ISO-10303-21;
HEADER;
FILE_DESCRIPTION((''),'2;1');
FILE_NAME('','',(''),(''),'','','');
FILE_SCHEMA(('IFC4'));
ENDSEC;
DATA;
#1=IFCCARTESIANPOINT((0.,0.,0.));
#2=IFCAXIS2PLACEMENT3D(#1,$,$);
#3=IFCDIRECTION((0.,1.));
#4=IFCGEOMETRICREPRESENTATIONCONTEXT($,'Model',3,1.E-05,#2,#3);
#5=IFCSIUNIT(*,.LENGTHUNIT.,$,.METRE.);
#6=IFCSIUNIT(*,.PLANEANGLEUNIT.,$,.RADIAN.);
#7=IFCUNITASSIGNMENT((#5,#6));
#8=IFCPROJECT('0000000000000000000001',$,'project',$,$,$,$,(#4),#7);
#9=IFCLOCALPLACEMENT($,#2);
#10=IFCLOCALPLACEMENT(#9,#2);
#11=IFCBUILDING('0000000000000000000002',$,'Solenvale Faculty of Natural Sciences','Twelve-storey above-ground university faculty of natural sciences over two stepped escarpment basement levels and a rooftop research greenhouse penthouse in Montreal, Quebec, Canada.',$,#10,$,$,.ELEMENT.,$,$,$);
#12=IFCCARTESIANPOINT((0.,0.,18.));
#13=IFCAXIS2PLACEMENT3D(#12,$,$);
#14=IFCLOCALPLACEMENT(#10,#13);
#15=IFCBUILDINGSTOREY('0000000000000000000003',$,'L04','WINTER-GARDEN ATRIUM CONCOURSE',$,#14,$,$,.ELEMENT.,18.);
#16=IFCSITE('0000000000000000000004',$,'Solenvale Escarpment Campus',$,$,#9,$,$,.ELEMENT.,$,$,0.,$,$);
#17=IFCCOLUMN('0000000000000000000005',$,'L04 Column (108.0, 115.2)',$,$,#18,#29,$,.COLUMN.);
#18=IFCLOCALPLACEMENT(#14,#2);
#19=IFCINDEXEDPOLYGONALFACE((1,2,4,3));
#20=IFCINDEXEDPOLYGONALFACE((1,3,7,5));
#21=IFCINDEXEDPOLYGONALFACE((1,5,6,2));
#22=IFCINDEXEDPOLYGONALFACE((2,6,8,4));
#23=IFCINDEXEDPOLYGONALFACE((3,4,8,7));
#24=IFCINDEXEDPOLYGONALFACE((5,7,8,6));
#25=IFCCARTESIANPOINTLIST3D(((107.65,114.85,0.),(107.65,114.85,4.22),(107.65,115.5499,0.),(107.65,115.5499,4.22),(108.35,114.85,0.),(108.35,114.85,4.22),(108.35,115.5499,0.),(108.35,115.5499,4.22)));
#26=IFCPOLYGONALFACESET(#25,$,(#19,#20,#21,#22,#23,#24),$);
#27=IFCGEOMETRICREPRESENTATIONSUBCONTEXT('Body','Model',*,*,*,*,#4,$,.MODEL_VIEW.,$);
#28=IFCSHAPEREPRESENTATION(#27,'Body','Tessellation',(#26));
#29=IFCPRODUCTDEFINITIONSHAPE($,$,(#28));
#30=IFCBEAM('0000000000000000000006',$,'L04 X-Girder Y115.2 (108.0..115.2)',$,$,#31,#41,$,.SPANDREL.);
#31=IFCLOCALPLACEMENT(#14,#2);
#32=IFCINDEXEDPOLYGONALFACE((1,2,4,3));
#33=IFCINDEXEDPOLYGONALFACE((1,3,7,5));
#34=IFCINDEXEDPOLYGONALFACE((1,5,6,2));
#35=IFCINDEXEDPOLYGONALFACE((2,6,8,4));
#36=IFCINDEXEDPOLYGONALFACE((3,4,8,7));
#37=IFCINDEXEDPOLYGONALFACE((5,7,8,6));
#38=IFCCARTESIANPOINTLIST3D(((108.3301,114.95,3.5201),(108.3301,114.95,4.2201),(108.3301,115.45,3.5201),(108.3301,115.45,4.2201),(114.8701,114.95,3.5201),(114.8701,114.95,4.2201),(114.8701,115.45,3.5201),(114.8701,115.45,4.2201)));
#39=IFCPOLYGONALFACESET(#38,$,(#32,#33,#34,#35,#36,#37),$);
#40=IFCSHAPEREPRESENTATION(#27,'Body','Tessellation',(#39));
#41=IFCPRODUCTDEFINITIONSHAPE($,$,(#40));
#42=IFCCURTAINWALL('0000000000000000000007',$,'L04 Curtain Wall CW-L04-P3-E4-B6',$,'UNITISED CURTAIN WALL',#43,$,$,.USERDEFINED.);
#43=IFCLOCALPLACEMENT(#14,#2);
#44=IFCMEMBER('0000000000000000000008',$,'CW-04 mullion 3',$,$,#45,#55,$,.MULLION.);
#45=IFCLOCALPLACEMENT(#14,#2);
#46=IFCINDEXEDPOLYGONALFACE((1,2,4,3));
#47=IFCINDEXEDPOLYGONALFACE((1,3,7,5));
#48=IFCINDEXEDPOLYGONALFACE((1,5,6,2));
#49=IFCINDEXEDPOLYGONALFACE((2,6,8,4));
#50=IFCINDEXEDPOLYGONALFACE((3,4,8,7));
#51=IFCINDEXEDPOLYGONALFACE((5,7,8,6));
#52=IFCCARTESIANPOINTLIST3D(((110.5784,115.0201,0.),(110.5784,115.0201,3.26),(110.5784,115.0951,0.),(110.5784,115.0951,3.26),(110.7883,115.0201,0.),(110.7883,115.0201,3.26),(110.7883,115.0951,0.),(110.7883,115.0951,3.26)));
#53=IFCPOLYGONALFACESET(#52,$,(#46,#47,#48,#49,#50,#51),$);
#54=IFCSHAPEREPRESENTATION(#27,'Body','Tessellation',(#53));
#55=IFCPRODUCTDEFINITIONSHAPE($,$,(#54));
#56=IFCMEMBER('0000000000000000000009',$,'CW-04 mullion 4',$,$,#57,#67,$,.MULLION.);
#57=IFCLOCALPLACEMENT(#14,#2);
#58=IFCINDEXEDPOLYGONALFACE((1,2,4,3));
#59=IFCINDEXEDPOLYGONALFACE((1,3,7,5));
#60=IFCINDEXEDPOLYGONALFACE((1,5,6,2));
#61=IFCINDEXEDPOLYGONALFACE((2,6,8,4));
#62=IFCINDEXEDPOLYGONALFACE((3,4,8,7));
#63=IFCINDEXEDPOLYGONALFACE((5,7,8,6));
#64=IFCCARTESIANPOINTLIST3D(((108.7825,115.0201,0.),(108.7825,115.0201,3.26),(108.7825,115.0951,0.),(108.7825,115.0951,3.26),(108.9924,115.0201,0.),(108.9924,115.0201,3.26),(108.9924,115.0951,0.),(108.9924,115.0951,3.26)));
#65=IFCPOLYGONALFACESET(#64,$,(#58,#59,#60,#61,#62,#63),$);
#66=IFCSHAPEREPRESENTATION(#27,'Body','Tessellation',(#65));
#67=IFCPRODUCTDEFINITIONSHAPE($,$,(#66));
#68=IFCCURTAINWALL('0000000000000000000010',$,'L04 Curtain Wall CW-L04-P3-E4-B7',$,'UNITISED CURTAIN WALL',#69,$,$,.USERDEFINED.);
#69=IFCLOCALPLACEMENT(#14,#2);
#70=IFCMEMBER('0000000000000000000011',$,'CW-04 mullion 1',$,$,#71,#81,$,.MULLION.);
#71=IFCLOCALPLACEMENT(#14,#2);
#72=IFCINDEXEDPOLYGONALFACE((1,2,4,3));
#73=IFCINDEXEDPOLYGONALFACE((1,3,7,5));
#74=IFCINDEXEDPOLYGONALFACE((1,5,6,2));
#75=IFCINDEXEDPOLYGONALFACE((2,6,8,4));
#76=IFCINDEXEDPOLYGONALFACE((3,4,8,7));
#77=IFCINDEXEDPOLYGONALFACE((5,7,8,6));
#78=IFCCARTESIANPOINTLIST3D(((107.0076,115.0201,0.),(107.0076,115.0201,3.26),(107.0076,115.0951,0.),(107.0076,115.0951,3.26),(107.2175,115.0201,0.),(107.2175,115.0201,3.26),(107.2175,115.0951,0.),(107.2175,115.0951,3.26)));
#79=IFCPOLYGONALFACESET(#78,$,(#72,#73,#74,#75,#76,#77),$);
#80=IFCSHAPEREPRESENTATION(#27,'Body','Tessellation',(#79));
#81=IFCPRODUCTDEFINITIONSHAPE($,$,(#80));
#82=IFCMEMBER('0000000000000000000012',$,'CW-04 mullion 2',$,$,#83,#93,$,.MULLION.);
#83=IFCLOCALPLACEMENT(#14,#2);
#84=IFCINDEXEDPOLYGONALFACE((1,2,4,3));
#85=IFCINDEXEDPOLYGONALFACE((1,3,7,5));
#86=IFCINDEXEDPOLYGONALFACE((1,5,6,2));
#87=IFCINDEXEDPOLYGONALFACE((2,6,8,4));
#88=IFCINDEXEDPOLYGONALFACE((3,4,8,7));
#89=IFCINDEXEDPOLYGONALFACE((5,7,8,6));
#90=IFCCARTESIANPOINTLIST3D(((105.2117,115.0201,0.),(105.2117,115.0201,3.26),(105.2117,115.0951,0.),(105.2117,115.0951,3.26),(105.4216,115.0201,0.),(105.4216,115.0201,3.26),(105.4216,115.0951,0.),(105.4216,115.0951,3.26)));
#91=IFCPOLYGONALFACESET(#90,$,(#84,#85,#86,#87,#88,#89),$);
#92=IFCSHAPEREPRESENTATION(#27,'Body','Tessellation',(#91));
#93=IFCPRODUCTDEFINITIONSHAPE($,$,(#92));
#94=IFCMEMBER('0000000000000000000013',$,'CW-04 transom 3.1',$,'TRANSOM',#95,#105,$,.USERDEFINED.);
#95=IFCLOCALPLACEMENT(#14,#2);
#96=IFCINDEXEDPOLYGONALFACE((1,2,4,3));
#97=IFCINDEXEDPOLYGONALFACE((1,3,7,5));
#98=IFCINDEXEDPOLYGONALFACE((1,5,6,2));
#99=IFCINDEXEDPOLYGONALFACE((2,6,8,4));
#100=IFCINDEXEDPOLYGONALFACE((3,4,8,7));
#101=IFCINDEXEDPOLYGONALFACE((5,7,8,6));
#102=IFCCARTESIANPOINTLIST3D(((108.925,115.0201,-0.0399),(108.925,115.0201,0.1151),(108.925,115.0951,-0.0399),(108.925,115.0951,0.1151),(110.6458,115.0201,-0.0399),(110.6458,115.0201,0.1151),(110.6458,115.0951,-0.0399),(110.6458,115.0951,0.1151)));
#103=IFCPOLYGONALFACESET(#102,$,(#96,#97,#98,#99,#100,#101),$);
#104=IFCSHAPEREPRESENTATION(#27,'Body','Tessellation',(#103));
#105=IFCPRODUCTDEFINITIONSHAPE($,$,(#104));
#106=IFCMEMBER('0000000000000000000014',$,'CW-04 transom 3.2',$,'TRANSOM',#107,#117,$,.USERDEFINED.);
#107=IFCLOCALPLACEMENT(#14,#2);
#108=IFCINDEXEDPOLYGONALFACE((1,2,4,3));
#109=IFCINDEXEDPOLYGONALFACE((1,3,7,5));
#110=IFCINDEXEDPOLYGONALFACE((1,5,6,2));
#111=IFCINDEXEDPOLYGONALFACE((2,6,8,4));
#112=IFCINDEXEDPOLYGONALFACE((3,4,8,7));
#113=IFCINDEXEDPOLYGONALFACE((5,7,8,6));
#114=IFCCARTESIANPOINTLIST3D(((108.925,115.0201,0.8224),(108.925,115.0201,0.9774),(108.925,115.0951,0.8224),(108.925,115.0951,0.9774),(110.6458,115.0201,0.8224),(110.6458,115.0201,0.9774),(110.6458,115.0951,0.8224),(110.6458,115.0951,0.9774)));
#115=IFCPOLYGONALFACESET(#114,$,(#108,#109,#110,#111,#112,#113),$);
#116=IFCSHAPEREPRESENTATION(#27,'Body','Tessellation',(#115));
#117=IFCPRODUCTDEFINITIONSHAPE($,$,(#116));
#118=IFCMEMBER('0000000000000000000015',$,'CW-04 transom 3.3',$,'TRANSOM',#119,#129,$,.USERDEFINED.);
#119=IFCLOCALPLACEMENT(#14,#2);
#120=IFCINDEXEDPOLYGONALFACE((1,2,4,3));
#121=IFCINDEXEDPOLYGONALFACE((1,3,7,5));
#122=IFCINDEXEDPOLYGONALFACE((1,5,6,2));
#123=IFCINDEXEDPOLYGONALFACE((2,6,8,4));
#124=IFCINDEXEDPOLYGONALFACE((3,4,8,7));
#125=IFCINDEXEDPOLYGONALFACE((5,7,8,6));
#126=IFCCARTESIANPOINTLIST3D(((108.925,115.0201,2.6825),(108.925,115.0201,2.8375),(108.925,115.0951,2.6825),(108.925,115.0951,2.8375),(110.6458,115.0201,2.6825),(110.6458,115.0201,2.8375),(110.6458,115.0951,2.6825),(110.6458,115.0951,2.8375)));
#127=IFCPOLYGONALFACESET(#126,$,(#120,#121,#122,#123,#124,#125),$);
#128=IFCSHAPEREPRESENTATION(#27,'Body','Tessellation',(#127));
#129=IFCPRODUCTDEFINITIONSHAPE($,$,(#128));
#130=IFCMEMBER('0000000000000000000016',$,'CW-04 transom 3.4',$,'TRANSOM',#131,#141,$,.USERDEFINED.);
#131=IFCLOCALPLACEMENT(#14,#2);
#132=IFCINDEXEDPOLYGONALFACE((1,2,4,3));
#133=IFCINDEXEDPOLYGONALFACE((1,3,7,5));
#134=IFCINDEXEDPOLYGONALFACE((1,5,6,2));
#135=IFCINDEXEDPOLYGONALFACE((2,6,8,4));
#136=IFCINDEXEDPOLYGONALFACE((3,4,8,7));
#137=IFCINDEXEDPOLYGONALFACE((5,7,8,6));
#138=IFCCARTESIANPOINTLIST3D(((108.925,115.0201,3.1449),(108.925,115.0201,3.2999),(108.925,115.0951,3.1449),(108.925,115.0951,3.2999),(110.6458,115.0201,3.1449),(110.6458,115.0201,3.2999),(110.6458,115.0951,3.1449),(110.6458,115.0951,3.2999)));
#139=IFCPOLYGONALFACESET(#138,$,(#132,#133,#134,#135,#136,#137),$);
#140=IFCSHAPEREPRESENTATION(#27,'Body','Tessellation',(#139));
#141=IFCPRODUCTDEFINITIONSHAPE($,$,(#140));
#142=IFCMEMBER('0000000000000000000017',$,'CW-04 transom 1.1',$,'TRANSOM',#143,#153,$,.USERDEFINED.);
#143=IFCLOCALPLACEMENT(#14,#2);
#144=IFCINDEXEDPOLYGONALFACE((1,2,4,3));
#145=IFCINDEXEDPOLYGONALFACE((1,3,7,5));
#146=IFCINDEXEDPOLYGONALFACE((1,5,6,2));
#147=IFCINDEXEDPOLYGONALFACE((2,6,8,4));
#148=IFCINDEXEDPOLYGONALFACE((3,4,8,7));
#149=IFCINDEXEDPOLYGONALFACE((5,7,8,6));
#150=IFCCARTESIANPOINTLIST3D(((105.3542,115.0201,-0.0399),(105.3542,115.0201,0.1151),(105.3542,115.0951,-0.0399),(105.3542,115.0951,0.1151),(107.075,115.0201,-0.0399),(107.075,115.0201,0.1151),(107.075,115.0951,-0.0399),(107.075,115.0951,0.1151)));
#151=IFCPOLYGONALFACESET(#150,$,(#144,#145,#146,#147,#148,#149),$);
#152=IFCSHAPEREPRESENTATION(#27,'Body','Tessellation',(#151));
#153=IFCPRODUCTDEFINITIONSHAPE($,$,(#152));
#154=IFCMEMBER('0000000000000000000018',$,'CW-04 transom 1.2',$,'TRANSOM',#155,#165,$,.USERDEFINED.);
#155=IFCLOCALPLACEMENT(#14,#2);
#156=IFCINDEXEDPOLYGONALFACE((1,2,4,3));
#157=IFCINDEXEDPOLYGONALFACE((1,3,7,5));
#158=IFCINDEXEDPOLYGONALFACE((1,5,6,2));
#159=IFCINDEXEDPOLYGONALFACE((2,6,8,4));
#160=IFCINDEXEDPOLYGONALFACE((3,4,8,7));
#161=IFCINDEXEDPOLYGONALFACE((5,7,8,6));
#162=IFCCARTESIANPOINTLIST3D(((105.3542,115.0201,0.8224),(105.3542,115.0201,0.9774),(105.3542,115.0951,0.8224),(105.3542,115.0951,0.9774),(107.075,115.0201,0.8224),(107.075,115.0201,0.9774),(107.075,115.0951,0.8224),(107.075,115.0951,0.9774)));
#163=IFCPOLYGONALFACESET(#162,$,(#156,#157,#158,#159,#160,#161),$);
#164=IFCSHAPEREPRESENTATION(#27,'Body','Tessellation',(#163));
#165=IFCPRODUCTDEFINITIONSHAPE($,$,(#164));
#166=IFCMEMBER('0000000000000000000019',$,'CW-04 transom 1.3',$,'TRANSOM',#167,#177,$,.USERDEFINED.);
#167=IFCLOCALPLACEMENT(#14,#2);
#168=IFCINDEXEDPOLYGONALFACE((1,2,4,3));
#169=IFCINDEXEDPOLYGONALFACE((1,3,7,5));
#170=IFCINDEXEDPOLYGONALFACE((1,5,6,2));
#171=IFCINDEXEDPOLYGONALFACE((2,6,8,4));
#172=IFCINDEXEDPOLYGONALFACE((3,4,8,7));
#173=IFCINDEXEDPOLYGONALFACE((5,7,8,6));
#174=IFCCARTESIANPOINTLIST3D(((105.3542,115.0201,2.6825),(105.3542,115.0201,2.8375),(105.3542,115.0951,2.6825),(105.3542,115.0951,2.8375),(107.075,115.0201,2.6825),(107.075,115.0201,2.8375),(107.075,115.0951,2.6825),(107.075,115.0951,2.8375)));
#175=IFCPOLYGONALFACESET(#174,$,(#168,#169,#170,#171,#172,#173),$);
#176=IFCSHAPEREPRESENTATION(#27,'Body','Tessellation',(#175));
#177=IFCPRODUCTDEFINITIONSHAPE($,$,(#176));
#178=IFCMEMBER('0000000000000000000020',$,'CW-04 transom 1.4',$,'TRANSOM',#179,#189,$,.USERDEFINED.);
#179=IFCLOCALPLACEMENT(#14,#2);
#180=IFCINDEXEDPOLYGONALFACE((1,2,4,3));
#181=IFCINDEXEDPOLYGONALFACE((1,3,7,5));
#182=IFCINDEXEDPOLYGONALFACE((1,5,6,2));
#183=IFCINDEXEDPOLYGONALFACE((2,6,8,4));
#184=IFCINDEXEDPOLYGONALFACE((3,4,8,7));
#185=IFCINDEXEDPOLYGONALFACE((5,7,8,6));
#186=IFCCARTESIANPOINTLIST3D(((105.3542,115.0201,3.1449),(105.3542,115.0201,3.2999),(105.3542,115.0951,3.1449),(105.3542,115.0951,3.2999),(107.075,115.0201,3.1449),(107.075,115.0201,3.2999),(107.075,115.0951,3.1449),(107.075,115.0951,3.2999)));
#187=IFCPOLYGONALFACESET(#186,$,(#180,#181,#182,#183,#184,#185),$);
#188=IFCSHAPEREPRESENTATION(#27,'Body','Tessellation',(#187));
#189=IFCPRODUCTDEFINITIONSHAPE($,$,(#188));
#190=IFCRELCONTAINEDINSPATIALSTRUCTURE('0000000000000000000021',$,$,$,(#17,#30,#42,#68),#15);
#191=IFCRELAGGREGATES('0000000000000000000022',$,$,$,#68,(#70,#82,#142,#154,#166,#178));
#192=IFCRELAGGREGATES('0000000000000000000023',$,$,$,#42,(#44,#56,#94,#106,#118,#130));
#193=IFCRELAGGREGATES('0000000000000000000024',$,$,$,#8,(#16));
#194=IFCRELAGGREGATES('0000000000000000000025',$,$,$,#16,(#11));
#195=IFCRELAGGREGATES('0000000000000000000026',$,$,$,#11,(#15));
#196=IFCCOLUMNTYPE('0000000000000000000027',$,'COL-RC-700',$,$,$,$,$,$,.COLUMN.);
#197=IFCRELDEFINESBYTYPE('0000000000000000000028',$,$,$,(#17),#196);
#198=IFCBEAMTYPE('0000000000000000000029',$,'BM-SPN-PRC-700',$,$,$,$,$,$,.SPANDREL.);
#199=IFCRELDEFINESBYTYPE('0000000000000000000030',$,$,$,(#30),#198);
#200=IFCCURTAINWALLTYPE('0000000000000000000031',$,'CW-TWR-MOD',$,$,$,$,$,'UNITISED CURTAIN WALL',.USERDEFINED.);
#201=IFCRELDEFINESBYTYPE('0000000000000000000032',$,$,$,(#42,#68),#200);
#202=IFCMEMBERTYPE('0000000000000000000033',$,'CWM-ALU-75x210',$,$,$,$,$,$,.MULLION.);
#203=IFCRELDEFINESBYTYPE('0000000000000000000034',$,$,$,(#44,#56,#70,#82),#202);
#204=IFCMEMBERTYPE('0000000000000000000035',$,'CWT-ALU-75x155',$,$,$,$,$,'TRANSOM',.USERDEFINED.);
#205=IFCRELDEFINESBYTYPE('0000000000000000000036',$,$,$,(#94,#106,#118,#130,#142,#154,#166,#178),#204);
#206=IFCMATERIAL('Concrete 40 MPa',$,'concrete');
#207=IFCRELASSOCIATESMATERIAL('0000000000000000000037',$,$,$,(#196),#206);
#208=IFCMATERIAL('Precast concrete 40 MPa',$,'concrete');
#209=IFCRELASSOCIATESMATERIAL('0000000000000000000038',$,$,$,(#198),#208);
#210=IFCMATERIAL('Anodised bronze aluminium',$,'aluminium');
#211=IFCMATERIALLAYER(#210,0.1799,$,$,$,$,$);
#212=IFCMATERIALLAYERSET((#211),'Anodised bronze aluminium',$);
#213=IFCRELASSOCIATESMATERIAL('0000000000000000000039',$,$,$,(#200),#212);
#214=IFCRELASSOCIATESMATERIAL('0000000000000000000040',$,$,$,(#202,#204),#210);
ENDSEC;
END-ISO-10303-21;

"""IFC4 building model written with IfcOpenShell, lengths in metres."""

from ifc_helpers import new_model, si_unit, direction, frame, origin, origin_2d, place, context, subcontext, project, spatial, rectangle, extrude, material, layer, layer_set, material_profile, profile_set, type_object, element, aggregate, save


model = new_model("IFC4")

# Units and contexts
model_context = context("Model", 3, precision=1e-05, world=origin(), true_north=direction((0.0, 1.0)))
body_context = subcontext(model_context, "Body", "Model", "MODEL_VIEW")
ifc_project = project(units=[si_unit("LENGTHUNIT", "METRE"), si_unit("PLANEANGLEUNIT", "RADIAN")], contexts=[model_context])

# Site, building, storey
site_placement = place(None, origin())
site = spatial("IfcSite", under=ifc_project, at=site_placement, Name="Solenvale Escarpment Campus", CompositionType="ELEMENT", RefElevation=0.0)
building_placement = place(site_placement, origin())
building = spatial("IfcBuilding", under=site, at=building_placement, Name="Solenvale Faculty of Natural Sciences", Description="Twelve-storey above-ground university faculty of natural sciences over two stepped escarpment basement levels and a rooftop research greenhouse penthouse in Montreal, Quebec, Canada.", CompositionType="ELEMENT")
storey_placement = place(building_placement, frame((0.0, 0.0, 18.0)))
storey = spatial("IfcBuildingStorey", under=building, at=storey_placement, Name="L04", Description="WINTER-GARDEN ATRIUM CONCOURSE", CompositionType="ELEMENT", Elevation=18.0)

# Column
ifc_material_1 = material(Name="Concrete 40 MPa", Category="concrete")
ifc_material_profile_1 = material_profile(ifc_material_1, rectangle(XDim=0.7, YDim=0.7, at=origin_2d()), Name="RC-COL-700x700")
ifc_profile_set_1 = profile_set([ifc_material_profile_1], Name="Concrete 40 MPa")
column_type = type_object("IfcColumnType", Name="COL-RC-700", PredefinedType="COLUMN", material=ifc_profile_set_1)
column_placement = place(storey_placement, frame((108.0, 115.2, 0.0), z_axis=(0.0, 0.0, 1.0), x_axis=(1.0, 0.0, 0.0)))
element("IfcColumn", 1, at=column_placement, inside=storey, type_object=column_type, Name="L04 Column (108.0, 115.2)", PredefinedType="COLUMN", context=body_context, shape_type="SweptSolid", body=[
    extrude(rectangle(XDim=0.7, YDim=0.7, at=origin_2d()), origin(), (0.0, 0.0, 1.0), 4.22),
])

# Beam
ifc_material_2 = material(Name="Precast concrete 40 MPa", Category="concrete")
ifc_material_profile_2 = material_profile(ifc_material_2, rectangle(XDim=0.5, YDim=0.7, at=origin_2d()), Name="RC-BM-500x700")
ifc_profile_set_2 = profile_set([ifc_material_profile_2], Name="Precast concrete 40 MPa")
beam_type = type_object("IfcBeamType", Name="BM-SPN-PRC-700", PredefinedType="SPANDREL", material=ifc_profile_set_2)
beam_placement = place(storey_placement, frame((108.3301, 115.2, 3.8701), z_axis=(1.0, 0.0, 0.0), x_axis=(0.0, 1.0, 0.0)))
element("IfcBeam", 2, at=beam_placement, inside=storey, type_object=beam_type, Name="L04 X-Girder Y115.2 (108.0..115.2)", PredefinedType="SPANDREL", context=body_context, shape_type="SweptSolid", body=[
    extrude(rectangle(XDim=0.5, YDim=0.7, at=origin_2d()), origin(), (0.0, 0.0, 1.0), 6.54),
])

# Curtain walls, members
ifc_material_3 = material(Name="Anodised bronze aluminium", Category="aluminium")
ifc_layer_1 = layer(ifc_material_3, 0.1799)
ifc_layer_set_1 = layer_set([ifc_layer_1], Name="Anodised bronze aluminium")
curtain_wall_type = type_object("IfcCurtainWallType", Name="CW-TWR-MOD", ElementType="UNITISED CURTAIN WALL", PredefinedType="USERDEFINED", material=ifc_layer_set_1)
curtain_wall_1_placement = place(storey_placement, origin())
curtain_wall_1 = element("IfcCurtainWall", 3, at=curtain_wall_1_placement, inside=storey, type_object=curtain_wall_type, Name="L04 Curtain Wall CW-L04-P3-E4-B6", ObjectType="UNITISED CURTAIN WALL", PredefinedType="USERDEFINED")
ifc_material_profile_3 = material_profile(ifc_material_3, rectangle(XDim=0.075, YDim=0.21, at=origin_2d()), Name="ALU-MUL-75x210")
ifc_profile_set_3 = profile_set([ifc_material_profile_3], Name="Anodised bronze aluminium")
member_type_1 = type_object("IfcMemberType", Name="CWM-ALU-75x210", PredefinedType="MULLION", material=ifc_profile_set_3)
member_1_placement = place(storey_placement, frame((110.6833, 115.0576, 0.0), z_axis=(0.0, 0.0, 1.0), x_axis=(0.0, -1.0, 0.0)))
member_1 = element("IfcMember", 4, at=member_1_placement, type_object=member_type_1, Name="CW-04 mullion 3", PredefinedType="MULLION", context=body_context, shape_type="SweptSolid", body=[
    extrude(rectangle(XDim=0.075, YDim=0.21, at=origin_2d()), origin(), (0.0, 0.0, 1.0), 3.26),
])
member_2_placement = place(storey_placement, frame((108.8875, 115.0576, 0.0), z_axis=(0.0, 0.0, 1.0), x_axis=(0.0, -1.0, 0.0)))
member_2 = element("IfcMember", 5, at=member_2_placement, type_object=member_type_1, Name="CW-04 mullion 4", PredefinedType="MULLION", context=body_context, shape_type="SweptSolid", body=[
    extrude(rectangle(XDim=0.075, YDim=0.21, at=origin_2d()), origin(), (0.0, 0.0, 1.0), 3.26),
])
curtain_wall_2_placement = place(storey_placement, origin())
curtain_wall_2 = element("IfcCurtainWall", 6, at=curtain_wall_2_placement, inside=storey, type_object=curtain_wall_type, Name="L04 Curtain Wall CW-L04-P3-E4-B7", ObjectType="UNITISED CURTAIN WALL", PredefinedType="USERDEFINED")
member_3_placement = place(storey_placement, frame((107.1125, 115.0576, 0.0), z_axis=(0.0, 0.0, 1.0), x_axis=(0.0, -1.0, 0.0)))
member_3 = element("IfcMember", 7, at=member_3_placement, type_object=member_type_1, Name="CW-04 mullion 1", PredefinedType="MULLION", context=body_context, shape_type="SweptSolid", body=[
    extrude(rectangle(XDim=0.075, YDim=0.21, at=origin_2d()), origin(), (0.0, 0.0, 1.0), 3.26),
])
member_4_placement = place(storey_placement, frame((105.3167, 115.0576, 0.0), z_axis=(0.0, 0.0, 1.0), x_axis=(0.0, -1.0, 0.0)))
member_4 = element("IfcMember", 8, at=member_4_placement, type_object=member_type_1, Name="CW-04 mullion 2", PredefinedType="MULLION", context=body_context, shape_type="SweptSolid", body=[
    extrude(rectangle(XDim=0.075, YDim=0.21, at=origin_2d()), origin(), (0.0, 0.0, 1.0), 3.26),
])

# Members
ifc_material_profile_4 = material_profile(ifc_material_3, rectangle(XDim=0.075, YDim=0.155, at=origin_2d()), Name="ALU-TRN-75x155")
ifc_profile_set_4 = profile_set([ifc_material_profile_4], Name="Anodised bronze aluminium")
member_type_2 = type_object("IfcMemberType", Name="CWT-ALU-75x155", ElementType="TRANSOM", PredefinedType="USERDEFINED", material=ifc_profile_set_4)
member_5_placement = place(storey_placement, frame((110.6458, 115.0576, 0.0376), z_axis=(-1.0, 0.0, 0.0), x_axis=(0.0, -1.0, 0.0)))
member_5 = element("IfcMember", 9, at=member_5_placement, type_object=member_type_2, Name="CW-04 transom 3.1", ObjectType="TRANSOM", PredefinedType="USERDEFINED", context=body_context, shape_type="SweptSolid", body=[
    extrude(rectangle(XDim=0.075, YDim=0.155, at=origin_2d()), origin(), (0.0, 0.0, 1.0), 1.7207),
])
member_6_placement = place(storey_placement, frame((110.6458, 115.0576, 0.8999), z_axis=(-1.0, 0.0, 0.0), x_axis=(0.0, -1.0, 0.0)))
member_6 = element("IfcMember", 10, at=member_6_placement, type_object=member_type_2, Name="CW-04 transom 3.2", ObjectType="TRANSOM", PredefinedType="USERDEFINED", context=body_context, shape_type="SweptSolid", body=[
    extrude(rectangle(XDim=0.075, YDim=0.155, at=origin_2d()), origin(), (0.0, 0.0, 1.0), 1.7207),
])
member_7_placement = place(storey_placement, frame((110.6458, 115.0576, 2.76), z_axis=(-1.0, 0.0, 0.0), x_axis=(0.0, -1.0, 0.0)))
member_7 = element("IfcMember", 11, at=member_7_placement, type_object=member_type_2, Name="CW-04 transom 3.3", ObjectType="TRANSOM", PredefinedType="USERDEFINED", context=body_context, shape_type="SweptSolid", body=[
    extrude(rectangle(XDim=0.075, YDim=0.155, at=origin_2d()), origin(), (0.0, 0.0, 1.0), 1.7207),
])
member_8_placement = place(storey_placement, frame((110.6458, 115.0576, 3.2224), z_axis=(-1.0, 0.0, 0.0), x_axis=(0.0, -1.0, 0.0)))
member_8 = element("IfcMember", 12, at=member_8_placement, type_object=member_type_2, Name="CW-04 transom 3.4", ObjectType="TRANSOM", PredefinedType="USERDEFINED", context=body_context, shape_type="SweptSolid", body=[
    extrude(rectangle(XDim=0.075, YDim=0.155, at=origin_2d()), origin(), (0.0, 0.0, 1.0), 1.7207),
])
member_9_placement = place(storey_placement, frame((107.075, 115.0576, 0.0376), z_axis=(-1.0, 0.0, 0.0), x_axis=(0.0, -1.0, 0.0)))
member_9 = element("IfcMember", 13, at=member_9_placement, type_object=member_type_2, Name="CW-04 transom 1.1", ObjectType="TRANSOM", PredefinedType="USERDEFINED", context=body_context, shape_type="SweptSolid", body=[
    extrude(rectangle(XDim=0.075, YDim=0.155, at=origin_2d()), origin(), (0.0, 0.0, 1.0), 1.7207),
])
member_10_placement = place(storey_placement, frame((107.075, 115.0576, 0.8999), z_axis=(-1.0, 0.0, 0.0), x_axis=(0.0, -1.0, 0.0)))
member_10 = element("IfcMember", 14, at=member_10_placement, type_object=member_type_2, Name="CW-04 transom 1.2", ObjectType="TRANSOM", PredefinedType="USERDEFINED", context=body_context, shape_type="SweptSolid", body=[
    extrude(rectangle(XDim=0.075, YDim=0.155, at=origin_2d()), origin(), (0.0, 0.0, 1.0), 1.7207),
])
member_11_placement = place(storey_placement, frame((107.075, 115.0576, 2.76), z_axis=(-1.0, 0.0, 0.0), x_axis=(0.0, -1.0, 0.0)))
member_11 = element("IfcMember", 15, at=member_11_placement, type_object=member_type_2, Name="CW-04 transom 1.3", ObjectType="TRANSOM", PredefinedType="USERDEFINED", context=body_context, shape_type="SweptSolid", body=[
    extrude(rectangle(XDim=0.075, YDim=0.155, at=origin_2d()), origin(), (0.0, 0.0, 1.0), 1.7207),
])
member_12_placement = place(storey_placement, frame((107.075, 115.0576, 3.2224), z_axis=(-1.0, 0.0, 0.0), x_axis=(0.0, -1.0, 0.0)))
member_12 = element("IfcMember", 16, at=member_12_placement, type_object=member_type_2, Name="CW-04 transom 1.4", ObjectType="TRANSOM", PredefinedType="USERDEFINED", context=body_context, shape_type="SweptSolid", body=[
    extrude(rectangle(XDim=0.075, YDim=0.155, at=origin_2d()), origin(), (0.0, 0.0, 1.0), 1.7207),
])

aggregate(curtain_wall_2, [member_3, member_4, member_9, member_10, member_11, member_12])
aggregate(curtain_wall_1, [member_1, member_2, member_5, member_6, member_7, member_8])

save(model, "model.ifc")
